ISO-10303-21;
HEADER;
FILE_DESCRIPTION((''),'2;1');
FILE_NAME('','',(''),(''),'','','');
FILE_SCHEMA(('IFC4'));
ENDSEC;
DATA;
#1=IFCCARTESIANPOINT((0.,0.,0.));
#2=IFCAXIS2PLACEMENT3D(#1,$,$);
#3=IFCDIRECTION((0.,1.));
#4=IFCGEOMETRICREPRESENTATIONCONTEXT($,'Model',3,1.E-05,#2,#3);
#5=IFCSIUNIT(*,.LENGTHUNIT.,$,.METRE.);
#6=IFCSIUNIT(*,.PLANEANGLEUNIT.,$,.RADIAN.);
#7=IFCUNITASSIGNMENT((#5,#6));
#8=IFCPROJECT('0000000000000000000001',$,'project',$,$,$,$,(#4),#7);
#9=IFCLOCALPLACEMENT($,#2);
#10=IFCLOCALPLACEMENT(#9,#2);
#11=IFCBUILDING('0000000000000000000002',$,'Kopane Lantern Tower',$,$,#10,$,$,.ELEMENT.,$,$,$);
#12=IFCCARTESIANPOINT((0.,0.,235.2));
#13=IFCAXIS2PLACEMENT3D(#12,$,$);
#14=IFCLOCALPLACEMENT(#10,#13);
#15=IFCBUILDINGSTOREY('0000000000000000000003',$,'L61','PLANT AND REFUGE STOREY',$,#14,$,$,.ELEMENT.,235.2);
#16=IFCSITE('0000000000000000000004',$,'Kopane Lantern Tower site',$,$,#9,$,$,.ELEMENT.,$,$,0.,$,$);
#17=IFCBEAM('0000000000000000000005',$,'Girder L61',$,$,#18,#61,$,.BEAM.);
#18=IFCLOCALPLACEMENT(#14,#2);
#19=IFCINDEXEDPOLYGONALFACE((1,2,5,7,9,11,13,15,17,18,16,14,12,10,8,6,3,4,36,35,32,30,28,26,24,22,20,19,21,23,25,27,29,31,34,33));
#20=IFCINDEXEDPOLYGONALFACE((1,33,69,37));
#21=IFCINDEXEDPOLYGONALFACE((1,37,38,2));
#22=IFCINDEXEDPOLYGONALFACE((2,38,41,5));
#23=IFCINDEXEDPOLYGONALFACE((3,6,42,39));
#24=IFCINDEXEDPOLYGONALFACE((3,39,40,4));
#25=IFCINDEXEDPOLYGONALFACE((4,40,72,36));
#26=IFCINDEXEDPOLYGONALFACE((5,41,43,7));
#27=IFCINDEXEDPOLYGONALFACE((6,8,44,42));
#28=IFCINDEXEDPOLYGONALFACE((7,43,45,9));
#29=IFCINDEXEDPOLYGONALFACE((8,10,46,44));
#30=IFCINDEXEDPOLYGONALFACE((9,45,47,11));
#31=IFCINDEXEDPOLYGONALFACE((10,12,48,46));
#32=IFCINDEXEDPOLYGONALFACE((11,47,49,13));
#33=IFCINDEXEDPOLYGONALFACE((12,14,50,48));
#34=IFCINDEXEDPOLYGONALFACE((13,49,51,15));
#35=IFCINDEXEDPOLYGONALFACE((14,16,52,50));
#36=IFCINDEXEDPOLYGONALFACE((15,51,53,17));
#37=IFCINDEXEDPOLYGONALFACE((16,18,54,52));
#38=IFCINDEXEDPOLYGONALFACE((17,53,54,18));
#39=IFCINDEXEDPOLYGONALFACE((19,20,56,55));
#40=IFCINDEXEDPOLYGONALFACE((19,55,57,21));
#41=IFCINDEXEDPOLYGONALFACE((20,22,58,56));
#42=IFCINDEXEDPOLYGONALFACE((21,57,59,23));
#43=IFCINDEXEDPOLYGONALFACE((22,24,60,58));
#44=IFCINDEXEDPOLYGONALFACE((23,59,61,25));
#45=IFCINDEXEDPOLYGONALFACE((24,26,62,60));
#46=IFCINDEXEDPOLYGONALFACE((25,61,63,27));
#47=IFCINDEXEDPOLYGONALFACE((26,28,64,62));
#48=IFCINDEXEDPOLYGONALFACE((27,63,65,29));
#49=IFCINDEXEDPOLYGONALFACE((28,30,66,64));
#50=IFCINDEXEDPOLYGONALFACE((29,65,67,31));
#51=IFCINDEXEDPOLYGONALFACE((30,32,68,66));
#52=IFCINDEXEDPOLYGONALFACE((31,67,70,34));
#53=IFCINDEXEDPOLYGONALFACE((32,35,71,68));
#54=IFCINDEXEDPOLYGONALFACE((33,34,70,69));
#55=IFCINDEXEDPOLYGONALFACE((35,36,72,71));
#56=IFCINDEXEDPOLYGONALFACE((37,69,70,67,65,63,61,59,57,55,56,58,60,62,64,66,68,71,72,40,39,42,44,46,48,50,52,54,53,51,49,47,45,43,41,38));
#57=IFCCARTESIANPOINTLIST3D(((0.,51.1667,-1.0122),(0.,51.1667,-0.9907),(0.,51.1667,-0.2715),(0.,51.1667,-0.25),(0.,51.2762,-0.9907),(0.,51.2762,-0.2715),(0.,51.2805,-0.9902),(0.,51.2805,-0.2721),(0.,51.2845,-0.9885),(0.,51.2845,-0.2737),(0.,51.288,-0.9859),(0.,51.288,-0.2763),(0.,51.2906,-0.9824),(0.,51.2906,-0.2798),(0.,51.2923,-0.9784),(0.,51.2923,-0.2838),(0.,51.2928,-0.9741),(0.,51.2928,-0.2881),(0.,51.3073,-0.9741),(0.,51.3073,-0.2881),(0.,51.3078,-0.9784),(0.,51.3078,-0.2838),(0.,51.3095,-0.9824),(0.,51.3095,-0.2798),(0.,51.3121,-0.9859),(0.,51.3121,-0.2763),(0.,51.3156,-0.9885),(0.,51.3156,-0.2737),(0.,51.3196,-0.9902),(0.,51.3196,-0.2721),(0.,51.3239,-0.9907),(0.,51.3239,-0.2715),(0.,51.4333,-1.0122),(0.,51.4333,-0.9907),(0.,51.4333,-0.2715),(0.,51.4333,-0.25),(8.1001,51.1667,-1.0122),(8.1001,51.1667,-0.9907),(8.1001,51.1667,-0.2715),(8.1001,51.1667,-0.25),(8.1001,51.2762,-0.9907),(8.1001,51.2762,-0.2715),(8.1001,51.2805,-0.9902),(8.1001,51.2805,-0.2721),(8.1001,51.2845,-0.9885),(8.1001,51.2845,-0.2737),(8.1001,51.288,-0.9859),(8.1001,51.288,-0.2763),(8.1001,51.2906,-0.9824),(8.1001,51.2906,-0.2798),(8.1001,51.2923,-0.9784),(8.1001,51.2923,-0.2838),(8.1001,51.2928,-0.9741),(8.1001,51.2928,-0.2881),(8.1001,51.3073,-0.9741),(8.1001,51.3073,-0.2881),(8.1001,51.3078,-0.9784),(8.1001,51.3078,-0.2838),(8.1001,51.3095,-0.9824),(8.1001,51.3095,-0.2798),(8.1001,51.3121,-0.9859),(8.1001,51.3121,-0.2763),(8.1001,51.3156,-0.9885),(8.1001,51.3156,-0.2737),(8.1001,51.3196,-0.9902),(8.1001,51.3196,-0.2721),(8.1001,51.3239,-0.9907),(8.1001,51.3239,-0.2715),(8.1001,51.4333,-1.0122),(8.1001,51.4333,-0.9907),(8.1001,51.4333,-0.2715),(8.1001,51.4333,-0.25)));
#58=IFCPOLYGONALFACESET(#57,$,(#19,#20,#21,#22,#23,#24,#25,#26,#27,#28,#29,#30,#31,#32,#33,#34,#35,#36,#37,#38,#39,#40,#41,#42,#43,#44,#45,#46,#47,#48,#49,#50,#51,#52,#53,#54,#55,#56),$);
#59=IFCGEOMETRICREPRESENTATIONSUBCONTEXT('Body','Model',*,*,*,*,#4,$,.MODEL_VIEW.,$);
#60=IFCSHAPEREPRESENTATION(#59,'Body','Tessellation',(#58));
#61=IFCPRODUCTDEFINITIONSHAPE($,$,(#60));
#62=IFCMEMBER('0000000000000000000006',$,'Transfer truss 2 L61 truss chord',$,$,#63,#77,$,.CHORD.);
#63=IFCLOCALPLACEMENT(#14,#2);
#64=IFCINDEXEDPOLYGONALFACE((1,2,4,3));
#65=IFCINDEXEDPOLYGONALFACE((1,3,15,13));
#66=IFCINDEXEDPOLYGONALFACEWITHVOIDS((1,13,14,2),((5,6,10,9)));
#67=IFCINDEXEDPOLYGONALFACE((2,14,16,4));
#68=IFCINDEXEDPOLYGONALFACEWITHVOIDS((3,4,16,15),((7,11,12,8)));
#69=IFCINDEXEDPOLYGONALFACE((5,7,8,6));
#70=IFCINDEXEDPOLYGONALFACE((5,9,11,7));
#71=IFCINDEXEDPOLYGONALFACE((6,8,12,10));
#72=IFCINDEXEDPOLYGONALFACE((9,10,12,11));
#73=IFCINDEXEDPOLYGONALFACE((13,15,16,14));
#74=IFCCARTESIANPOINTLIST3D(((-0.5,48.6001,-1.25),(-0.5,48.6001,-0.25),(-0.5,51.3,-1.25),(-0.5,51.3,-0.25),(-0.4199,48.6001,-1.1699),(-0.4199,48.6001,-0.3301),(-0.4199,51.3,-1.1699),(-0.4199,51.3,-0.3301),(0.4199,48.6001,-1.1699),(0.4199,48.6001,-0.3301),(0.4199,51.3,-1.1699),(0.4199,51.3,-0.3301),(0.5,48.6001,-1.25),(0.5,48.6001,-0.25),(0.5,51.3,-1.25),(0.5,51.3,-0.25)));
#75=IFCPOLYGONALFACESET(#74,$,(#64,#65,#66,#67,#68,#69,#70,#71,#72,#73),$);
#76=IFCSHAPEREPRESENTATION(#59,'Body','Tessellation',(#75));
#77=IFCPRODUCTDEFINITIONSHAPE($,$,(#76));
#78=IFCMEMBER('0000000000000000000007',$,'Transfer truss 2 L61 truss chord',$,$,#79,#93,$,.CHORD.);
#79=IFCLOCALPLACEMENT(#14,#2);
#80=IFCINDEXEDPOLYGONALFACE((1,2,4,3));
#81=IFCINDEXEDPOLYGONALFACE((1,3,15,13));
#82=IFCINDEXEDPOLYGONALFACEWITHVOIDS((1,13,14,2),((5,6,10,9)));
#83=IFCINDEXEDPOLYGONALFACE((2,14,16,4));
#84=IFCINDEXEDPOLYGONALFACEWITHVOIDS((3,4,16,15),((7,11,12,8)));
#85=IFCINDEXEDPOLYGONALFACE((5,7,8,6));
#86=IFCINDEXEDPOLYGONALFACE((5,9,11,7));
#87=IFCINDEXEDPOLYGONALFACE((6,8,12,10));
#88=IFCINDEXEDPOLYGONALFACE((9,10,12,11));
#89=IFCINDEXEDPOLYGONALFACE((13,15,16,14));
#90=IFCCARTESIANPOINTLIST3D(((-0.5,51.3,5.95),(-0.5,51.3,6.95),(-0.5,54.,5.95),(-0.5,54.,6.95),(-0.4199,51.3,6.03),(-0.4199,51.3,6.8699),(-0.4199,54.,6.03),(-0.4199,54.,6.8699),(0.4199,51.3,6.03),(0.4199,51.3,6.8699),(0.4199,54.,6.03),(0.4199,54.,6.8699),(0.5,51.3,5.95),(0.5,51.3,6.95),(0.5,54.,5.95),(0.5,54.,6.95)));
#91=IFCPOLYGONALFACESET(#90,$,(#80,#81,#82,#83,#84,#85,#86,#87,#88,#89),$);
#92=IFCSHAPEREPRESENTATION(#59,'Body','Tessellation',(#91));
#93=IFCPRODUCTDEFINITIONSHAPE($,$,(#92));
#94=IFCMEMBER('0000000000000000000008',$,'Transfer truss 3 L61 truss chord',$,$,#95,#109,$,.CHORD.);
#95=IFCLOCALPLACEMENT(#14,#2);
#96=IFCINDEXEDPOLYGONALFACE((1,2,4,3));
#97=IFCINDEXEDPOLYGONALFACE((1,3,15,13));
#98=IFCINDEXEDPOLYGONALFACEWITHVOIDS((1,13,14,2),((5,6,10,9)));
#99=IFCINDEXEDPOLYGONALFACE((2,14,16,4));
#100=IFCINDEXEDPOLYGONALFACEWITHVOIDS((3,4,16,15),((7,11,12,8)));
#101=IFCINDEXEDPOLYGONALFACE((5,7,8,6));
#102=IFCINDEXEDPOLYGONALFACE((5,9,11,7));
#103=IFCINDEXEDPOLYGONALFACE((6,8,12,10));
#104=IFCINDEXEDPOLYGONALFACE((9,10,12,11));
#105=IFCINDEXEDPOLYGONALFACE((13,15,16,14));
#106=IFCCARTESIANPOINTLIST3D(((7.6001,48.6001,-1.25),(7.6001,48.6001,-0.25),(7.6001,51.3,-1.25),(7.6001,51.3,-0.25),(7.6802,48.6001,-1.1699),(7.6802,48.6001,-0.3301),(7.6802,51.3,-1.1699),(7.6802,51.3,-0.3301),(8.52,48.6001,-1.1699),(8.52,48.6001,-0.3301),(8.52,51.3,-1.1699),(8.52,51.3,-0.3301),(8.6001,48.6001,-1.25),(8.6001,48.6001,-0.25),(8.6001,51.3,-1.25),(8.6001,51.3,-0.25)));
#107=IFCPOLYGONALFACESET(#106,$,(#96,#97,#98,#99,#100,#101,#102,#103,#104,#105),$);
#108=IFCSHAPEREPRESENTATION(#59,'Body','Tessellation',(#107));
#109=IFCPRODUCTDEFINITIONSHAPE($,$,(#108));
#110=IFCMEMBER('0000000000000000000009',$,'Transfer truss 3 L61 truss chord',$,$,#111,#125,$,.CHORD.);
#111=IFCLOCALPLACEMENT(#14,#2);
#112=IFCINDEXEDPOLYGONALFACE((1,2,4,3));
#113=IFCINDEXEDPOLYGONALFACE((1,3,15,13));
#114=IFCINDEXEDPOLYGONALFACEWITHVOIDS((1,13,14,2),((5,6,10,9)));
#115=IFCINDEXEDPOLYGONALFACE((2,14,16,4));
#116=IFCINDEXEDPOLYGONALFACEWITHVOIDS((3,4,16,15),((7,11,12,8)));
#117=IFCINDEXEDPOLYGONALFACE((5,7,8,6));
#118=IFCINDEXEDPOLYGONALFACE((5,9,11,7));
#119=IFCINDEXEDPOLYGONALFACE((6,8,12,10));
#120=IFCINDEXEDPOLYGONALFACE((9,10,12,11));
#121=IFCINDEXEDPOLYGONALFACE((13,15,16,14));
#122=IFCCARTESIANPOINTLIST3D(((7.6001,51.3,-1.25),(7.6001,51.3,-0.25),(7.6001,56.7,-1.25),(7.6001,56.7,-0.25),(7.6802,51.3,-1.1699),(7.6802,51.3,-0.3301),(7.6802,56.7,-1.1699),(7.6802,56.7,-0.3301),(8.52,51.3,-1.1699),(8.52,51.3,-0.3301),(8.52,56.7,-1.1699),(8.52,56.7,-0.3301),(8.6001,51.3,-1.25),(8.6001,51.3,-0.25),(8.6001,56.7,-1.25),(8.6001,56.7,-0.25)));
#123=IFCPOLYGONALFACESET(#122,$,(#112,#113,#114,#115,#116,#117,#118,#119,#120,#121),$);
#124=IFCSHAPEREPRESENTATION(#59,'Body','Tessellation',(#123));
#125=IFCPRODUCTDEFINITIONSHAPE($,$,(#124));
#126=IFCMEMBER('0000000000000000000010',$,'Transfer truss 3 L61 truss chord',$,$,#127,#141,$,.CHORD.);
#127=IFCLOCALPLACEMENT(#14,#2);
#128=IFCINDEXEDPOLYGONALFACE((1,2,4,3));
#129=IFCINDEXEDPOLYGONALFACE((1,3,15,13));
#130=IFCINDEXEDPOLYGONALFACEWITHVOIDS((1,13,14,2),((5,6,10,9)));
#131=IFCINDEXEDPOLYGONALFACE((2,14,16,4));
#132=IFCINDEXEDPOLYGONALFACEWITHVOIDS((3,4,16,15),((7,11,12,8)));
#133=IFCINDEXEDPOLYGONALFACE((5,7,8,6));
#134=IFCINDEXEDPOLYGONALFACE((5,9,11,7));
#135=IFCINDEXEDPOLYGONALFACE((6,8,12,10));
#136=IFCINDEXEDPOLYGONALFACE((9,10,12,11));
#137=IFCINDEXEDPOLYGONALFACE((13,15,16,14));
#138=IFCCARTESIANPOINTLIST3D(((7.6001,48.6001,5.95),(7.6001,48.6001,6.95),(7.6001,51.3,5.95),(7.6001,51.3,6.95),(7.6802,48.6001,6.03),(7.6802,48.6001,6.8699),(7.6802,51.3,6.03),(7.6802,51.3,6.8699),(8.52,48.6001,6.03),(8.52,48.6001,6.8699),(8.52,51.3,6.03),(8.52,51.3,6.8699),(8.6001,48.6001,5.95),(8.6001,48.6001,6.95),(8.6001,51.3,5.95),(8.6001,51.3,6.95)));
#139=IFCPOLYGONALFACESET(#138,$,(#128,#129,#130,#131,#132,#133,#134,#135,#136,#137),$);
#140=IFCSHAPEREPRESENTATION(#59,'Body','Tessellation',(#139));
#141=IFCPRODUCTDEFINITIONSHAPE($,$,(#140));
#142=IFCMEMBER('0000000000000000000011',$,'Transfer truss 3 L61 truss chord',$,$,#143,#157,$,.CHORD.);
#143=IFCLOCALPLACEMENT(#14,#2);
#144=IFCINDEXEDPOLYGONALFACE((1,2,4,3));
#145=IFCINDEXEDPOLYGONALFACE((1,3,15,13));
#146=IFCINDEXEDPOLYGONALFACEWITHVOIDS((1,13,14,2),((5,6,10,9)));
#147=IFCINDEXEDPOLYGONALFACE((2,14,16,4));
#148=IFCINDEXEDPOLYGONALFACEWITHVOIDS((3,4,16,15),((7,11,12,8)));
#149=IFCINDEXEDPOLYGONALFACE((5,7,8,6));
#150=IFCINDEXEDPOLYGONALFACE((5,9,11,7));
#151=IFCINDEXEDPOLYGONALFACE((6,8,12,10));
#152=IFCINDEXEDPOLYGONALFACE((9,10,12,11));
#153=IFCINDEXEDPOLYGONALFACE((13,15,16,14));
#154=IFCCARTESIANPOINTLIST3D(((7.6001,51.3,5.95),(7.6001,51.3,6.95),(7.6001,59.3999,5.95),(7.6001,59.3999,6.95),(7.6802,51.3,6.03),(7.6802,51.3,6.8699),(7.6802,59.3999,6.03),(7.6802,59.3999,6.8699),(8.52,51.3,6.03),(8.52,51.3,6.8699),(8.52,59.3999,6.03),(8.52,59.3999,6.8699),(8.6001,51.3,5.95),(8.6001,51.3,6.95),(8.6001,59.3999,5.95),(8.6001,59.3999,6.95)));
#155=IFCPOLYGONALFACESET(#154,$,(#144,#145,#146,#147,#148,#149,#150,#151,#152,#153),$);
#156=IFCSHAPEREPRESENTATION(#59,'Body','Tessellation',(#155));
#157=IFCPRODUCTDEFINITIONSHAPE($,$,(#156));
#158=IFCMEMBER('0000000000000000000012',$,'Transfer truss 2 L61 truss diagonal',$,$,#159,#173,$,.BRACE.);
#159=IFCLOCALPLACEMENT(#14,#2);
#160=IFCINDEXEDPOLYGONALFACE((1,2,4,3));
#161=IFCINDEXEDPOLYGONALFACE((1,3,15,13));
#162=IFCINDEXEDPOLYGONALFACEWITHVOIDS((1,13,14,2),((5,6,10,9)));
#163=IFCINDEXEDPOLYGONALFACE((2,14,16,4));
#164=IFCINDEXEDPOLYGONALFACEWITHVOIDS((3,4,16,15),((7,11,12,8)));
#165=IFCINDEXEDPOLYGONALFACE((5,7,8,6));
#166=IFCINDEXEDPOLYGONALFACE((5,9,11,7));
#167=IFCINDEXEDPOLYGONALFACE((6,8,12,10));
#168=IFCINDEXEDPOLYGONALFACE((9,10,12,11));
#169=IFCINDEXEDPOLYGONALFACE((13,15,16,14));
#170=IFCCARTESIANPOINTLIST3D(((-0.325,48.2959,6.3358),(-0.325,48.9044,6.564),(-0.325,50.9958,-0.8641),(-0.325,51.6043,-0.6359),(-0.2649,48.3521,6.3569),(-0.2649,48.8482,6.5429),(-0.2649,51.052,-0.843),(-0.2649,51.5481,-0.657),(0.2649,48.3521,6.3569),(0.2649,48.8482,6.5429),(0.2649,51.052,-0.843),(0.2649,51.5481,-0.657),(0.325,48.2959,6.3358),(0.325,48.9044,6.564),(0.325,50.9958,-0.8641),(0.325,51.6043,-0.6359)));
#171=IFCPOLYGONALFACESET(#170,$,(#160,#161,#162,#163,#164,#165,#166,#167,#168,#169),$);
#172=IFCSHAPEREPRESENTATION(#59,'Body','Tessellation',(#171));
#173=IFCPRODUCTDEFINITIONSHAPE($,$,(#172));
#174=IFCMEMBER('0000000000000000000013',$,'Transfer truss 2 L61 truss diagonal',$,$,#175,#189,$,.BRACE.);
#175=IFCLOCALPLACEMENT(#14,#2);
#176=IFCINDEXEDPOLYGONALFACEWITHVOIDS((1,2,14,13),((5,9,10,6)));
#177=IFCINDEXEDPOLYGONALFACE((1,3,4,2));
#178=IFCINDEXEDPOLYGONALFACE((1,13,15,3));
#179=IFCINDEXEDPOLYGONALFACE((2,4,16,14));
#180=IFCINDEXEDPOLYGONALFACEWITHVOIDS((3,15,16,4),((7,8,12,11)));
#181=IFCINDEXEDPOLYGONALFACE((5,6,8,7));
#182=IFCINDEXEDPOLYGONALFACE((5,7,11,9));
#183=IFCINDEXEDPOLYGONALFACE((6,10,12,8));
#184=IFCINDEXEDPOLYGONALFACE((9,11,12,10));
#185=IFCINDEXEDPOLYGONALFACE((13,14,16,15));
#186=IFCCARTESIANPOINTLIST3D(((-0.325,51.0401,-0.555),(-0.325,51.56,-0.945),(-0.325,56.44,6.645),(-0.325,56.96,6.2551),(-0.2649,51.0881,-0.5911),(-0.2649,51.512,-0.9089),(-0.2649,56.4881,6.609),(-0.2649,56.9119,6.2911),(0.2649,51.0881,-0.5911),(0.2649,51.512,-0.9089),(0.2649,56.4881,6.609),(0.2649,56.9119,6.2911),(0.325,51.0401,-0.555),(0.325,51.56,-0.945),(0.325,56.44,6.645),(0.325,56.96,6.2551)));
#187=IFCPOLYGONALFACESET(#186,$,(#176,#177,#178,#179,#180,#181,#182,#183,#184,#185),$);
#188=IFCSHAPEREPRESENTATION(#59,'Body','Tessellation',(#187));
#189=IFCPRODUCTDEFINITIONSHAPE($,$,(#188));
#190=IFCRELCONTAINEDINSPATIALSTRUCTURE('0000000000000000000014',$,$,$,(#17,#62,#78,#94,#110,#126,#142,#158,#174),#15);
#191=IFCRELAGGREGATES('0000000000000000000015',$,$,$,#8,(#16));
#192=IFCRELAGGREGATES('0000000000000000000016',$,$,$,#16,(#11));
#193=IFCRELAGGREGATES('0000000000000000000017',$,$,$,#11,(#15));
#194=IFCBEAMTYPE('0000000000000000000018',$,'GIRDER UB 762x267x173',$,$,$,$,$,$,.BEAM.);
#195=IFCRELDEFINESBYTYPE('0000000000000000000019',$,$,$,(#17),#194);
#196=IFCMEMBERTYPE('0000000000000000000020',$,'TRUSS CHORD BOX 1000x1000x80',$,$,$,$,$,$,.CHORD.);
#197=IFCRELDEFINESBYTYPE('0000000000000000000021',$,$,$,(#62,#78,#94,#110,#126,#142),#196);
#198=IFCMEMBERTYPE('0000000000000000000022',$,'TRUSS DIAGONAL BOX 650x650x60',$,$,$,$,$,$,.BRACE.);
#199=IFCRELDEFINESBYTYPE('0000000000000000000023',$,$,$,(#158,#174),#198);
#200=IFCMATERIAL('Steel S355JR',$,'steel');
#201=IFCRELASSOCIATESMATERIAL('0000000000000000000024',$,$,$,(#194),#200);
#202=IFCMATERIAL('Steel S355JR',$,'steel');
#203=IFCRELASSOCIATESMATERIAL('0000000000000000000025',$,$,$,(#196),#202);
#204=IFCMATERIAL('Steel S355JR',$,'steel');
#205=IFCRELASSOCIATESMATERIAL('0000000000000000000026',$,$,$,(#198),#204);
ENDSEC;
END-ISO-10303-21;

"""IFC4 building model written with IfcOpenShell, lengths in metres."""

from ifc_helpers import new_model, si_unit, direction, frame, origin, origin_2d, place, context, subcontext, project, spatial, hollow_rectangle, i_section, extrude, material, material_profile, profile_set, type_object, element, save


model = new_model("IFC4")

# Units and contexts
model_context = context("Model", 3, precision=1e-05, world=origin(), true_north=direction((0.0, 1.0)))
body_context = subcontext(model_context, "Body", "Model", "MODEL_VIEW")
ifc_project = project(units=[si_unit("LENGTHUNIT", "METRE"), si_unit("PLANEANGLEUNIT", "RADIAN")], contexts=[model_context])

# Site, building, storey
site_placement = place(None, origin())
site = spatial("IfcSite", under=ifc_project, at=site_placement, Name="Kopane Lantern Tower site", CompositionType="ELEMENT", RefElevation=0.0)
building_placement = place(site_placement, origin())
building = spatial("IfcBuilding", under=site, at=building_placement, Name="Kopane Lantern Tower", CompositionType="ELEMENT")
storey_placement = place(building_placement, frame((0.0, 0.0, 235.2)))
storey = spatial("IfcBuildingStorey", under=building, at=storey_placement, Name="L61", Description="PLANT AND REFUGE STOREY", CompositionType="ELEMENT", Elevation=235.2)

# Beam
ifc_material_1 = material(Name="Steel S355JR", Category="steel")
ifc_material_profile_1 = material_profile(ifc_material_1, i_section(OverallWidth=0.2666, OverallDepth=0.7622, WebThickness=0.0144, FlangeThickness=0.0215, FilletRadius=0.0166, at=origin_2d()), Name="UB 762x267x173")
ifc_profile_set_1 = profile_set([ifc_material_profile_1], Name="Steel S355JR")
beam_type = type_object("IfcBeamType", Name="GIRDER UB 762x267x173", PredefinedType="BEAM", material=ifc_profile_set_1)
beam_placement = place(storey_placement, frame((0.0, 51.3, -0.6311), z_axis=(1.0, 0.0, 0.0), x_axis=(0.0, 1.0, 0.0)))
element("IfcBeam", 1, at=beam_placement, inside=storey, type_object=beam_type, Name="Girder L61", PredefinedType="BEAM", context=body_context, shape_type="SweptSolid", body=[
    extrude(i_section(OverallWidth=0.2666, OverallDepth=0.7622, WebThickness=0.0144, FlangeThickness=0.0215, FilletRadius=0.0166, at=origin_2d()), origin(), (0.0, 0.0, 1.0), 8.1001),
])

# Members
ifc_material_2 = material(Name="Steel S355JR", Category="steel")
ifc_material_profile_2 = material_profile(ifc_material_2, hollow_rectangle(XDim=1.0, YDim=1.0, WallThickness=0.0801, at=origin_2d()), Name="BOX 1000x1000x80")
ifc_profile_set_2 = profile_set([ifc_material_profile_2], Name="Steel S355JR")
member_type_1 = type_object("IfcMemberType", Name="TRUSS CHORD BOX 1000x1000x80", PredefinedType="CHORD", material=ifc_profile_set_2)
for number, where, z_axis, x_axis, name in (
    (2, (0.0, 48.6001, -0.75), (0.0, 1.0, 0.0), (-1.0, 0.0, 0.0), "Transfer truss 2 L61 truss chord"),
    (3, (0.0, 51.3, 6.45), (0.0, 1.0, 0.0), (-1.0, 0.0, 0.0), "Transfer truss 2 L61 truss chord"),
    (4, (8.1001, 48.6001, -0.75), (0.0, 1.0, 0.0), (-1.0, 0.0, 0.0), "Transfer truss 3 L61 truss chord"),
):
    element("IfcMember", number, at=place(storey_placement, frame(where, z_axis=z_axis, x_axis=x_axis)), inside=storey, type_object=member_type_1, Name=name, PredefinedType="CHORD", context=body_context, shape_type="SweptSolid", body=[
        extrude(hollow_rectangle(XDim=1.0, YDim=1.0, WallThickness=0.0801, at=origin_2d()), origin(), (0.0, 0.0, 1.0), 2.7),
    ])
member_1_placement = place(storey_placement, frame((8.1001, 51.3, -0.75), z_axis=(0.0, 1.0, 0.0), x_axis=(-1.0, 0.0, 0.0)))
element("IfcMember", 5, at=member_1_placement, inside=storey, type_object=member_type_1, Name="Transfer truss 3 L61 truss chord", PredefinedType="CHORD", context=body_context, shape_type="SweptSolid", body=[
    extrude(hollow_rectangle(XDim=1.0, YDim=1.0, WallThickness=0.0801, at=origin_2d()), origin(), (0.0, 0.0, 1.0), 5.3999),
])
member_2_placement = place(storey_placement, frame((8.1001, 48.6001, 6.45), z_axis=(0.0, 1.0, 0.0), x_axis=(-1.0, 0.0, 0.0)))
element("IfcMember", 6, at=member_2_placement, inside=storey, type_object=member_type_1, Name="Transfer truss 3 L61 truss chord", PredefinedType="CHORD", context=body_context, shape_type="SweptSolid", body=[
    extrude(hollow_rectangle(XDim=1.0, YDim=1.0, WallThickness=0.0801, at=origin_2d()), origin(), (0.0, 0.0, 1.0), 2.7),
])
member_3_placement = place(storey_placement, frame((8.1001, 51.3, 6.45), z_axis=(0.0, 1.0, 0.0), x_axis=(-1.0, 0.0, 0.0)))
element("IfcMember", 7, at=member_3_placement, inside=storey, type_object=member_type_1, Name="Transfer truss 3 L61 truss chord", PredefinedType="CHORD", context=body_context, shape_type="SweptSolid", body=[
    extrude(hollow_rectangle(XDim=1.0, YDim=1.0, WallThickness=0.0801, at=origin_2d()), origin(), (0.0, 0.0, 1.0), 8.0999),
])
ifc_material_3 = material(Name="Steel S355JR", Category="steel")
ifc_material_profile_3 = material_profile(ifc_material_3, hollow_rectangle(XDim=0.6499, YDim=0.6499, WallThickness=0.0601, at=origin_2d()), Name="BOX 650x650x60")
ifc_profile_set_3 = profile_set([ifc_material_profile_3], Name="Steel S355JR")
member_type_2 = type_object("IfcMemberType", Name="TRUSS DIAGONAL BOX 650x650x60", PredefinedType="BRACE", material=ifc_profile_set_3)
member_4_placement = place(storey_placement, frame((0.0, 51.3, -0.75), z_axis=(0.0, -0.35112, 0.93633), x_axis=(1.0, 0.0, 0.0)))
element("IfcMember", 8, at=member_4_placement, inside=storey, type_object=member_type_2, Name="Transfer truss 2 L61 truss diagonal", PredefinedType="BRACE", context=body_context, shape_type="SweptSolid", body=[
    extrude(hollow_rectangle(XDim=0.6499, YDim=0.6499, WallThickness=0.0601, at=origin_2d()), origin(), (0.0, 0.0, 1.0), 7.6895),
])
member_5_placement = place(storey_placement, frame((0.0, 51.3, -0.75), z_axis=(0.0, 0.599996, 0.800003), x_axis=(-1.0, 0.0, 0.0)))
element("IfcMember", 9, at=member_5_placement, inside=storey, type_object=member_type_2, Name="Transfer truss 2 L61 truss diagonal", PredefinedType="BRACE", context=body_context, shape_type="SweptSolid", body=[
    extrude(hollow_rectangle(XDim=0.6499, YDim=0.6499, WallThickness=0.0601, at=origin_2d()), origin(), (0.0, 0.0, 1.0), 9.0),
])

save(model, "model.ifc")
